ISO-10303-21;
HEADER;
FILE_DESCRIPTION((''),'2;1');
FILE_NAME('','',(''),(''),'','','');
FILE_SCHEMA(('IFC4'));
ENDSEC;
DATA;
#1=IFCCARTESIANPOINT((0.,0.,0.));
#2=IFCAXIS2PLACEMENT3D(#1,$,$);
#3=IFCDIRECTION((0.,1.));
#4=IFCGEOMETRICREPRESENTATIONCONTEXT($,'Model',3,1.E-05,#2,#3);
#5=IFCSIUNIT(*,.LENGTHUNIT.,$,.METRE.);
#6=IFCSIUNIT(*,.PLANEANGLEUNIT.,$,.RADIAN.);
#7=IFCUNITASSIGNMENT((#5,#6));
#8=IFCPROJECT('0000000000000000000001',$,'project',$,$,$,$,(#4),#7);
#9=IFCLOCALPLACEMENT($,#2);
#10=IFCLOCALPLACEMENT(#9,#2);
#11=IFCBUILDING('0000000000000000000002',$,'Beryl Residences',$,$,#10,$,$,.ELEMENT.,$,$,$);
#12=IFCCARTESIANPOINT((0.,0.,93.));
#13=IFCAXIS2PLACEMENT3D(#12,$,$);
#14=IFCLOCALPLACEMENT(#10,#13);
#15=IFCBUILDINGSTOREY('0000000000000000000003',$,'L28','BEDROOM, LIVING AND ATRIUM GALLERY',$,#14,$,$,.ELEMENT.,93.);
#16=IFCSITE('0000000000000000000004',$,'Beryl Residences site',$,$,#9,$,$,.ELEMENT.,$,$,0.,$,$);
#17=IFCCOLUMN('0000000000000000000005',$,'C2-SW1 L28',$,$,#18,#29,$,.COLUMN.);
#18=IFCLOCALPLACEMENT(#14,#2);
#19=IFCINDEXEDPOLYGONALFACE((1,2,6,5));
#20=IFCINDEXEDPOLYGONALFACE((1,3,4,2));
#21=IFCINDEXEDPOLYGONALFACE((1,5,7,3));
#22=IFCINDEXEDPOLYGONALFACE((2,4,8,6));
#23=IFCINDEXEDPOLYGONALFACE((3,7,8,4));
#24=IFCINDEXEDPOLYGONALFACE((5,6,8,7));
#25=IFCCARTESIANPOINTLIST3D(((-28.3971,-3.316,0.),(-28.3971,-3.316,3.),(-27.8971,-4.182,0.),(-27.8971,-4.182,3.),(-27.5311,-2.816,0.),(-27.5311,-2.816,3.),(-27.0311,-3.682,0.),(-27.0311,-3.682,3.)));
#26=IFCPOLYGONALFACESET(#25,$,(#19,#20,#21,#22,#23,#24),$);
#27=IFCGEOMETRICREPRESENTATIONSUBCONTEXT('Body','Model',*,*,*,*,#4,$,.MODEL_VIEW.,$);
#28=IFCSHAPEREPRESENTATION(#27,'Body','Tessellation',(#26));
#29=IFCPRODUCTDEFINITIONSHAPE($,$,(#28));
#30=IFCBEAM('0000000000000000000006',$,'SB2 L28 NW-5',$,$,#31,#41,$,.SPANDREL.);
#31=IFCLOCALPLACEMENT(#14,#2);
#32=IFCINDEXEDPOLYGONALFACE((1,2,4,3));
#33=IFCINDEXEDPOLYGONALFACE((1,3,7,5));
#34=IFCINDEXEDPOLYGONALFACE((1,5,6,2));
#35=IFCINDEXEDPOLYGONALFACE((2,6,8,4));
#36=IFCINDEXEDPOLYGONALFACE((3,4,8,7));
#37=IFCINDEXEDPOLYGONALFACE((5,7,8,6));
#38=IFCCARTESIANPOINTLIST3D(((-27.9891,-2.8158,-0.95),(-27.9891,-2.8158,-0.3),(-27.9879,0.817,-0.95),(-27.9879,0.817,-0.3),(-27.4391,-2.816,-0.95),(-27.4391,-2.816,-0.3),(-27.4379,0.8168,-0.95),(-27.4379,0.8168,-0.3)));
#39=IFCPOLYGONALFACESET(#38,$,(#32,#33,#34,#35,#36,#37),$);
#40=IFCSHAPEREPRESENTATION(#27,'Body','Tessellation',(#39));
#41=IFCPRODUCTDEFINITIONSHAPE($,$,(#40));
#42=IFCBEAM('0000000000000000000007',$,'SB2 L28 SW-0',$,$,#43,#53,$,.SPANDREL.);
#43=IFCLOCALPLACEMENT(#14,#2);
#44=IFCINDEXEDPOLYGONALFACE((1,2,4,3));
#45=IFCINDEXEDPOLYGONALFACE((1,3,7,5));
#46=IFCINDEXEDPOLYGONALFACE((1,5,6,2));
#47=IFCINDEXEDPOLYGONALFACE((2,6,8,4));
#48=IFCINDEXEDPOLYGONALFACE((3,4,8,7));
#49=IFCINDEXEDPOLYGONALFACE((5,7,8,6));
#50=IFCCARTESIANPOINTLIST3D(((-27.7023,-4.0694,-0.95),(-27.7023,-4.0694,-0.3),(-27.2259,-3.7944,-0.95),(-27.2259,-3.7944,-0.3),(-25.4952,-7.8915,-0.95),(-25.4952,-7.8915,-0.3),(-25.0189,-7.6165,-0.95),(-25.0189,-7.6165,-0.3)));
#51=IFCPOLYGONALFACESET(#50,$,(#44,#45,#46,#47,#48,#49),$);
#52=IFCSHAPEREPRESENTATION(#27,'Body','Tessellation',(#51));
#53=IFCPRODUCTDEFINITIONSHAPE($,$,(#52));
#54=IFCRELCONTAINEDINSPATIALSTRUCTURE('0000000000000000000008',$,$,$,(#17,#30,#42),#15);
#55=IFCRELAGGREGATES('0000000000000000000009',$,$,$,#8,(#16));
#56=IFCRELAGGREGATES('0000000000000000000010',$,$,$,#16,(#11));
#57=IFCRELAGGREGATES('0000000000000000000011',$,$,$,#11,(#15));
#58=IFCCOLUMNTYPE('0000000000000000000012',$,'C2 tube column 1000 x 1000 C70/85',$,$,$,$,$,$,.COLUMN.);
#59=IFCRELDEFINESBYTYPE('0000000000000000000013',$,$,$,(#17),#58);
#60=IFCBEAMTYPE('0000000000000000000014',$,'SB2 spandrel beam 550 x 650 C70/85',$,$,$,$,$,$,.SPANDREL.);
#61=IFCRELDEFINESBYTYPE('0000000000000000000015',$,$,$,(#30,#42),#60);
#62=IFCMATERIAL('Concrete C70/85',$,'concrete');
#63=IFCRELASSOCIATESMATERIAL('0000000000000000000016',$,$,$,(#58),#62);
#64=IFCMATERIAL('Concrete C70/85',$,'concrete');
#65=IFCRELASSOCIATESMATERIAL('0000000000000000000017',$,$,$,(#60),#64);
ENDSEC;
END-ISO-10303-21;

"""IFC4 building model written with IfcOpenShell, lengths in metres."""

from ifc_helpers import new_model, si_unit, direction, frame, origin, origin_2d, place, context, subcontext, project, spatial, rectangle, extrude, material, material_profile, profile_set, type_object, element, save


model = new_model("IFC4")

# Units and contexts
model_context = context("Model", 3, precision=1e-05, world=origin(), true_north=direction((0.0, 1.0)))
body_context = subcontext(model_context, "Body", "Model", "MODEL_VIEW")
ifc_project = project(units=[si_unit("LENGTHUNIT", "METRE"), si_unit("PLANEANGLEUNIT", "RADIAN")], contexts=[model_context])

# Site, building, storey
site_placement = place(None, origin())
site = spatial("IfcSite", under=ifc_project, at=site_placement, Name="Beryl Residences site", CompositionType="ELEMENT", RefElevation=0.0)
building_placement = place(site_placement, origin())
building = spatial("IfcBuilding", under=site, at=building_placement, Name="Beryl Residences", CompositionType="ELEMENT")
storey_placement = place(building_placement, frame((0.0, 0.0, 93.0)))
storey = spatial("IfcBuildingStorey", under=building, at=storey_placement, Name="L28", Description="BEDROOM, LIVING AND ATRIUM GALLERY", CompositionType="ELEMENT", Elevation=93.0)

# Column
ifc_material_1 = material(Name="Concrete C70/85", Category="concrete")
ifc_material_profile_1 = material_profile(ifc_material_1, rectangle(XDim=1.0, YDim=1.0, at=origin_2d()))
ifc_profile_set_1 = profile_set([ifc_material_profile_1], Name="Concrete C70/85")
column_type = type_object("IfcColumnType", Name="C2 tube column 1000 x 1000 C70/85", PredefinedType="COLUMN", material=ifc_profile_set_1)
column_placement = place(storey_placement, frame((-27.7141, -3.499, 0.0), z_axis=(0.0, 0.0, 1.0), x_axis=(0.5, -0.866025, 0.0)))
element("IfcColumn", 1, at=column_placement, inside=storey, type_object=column_type, Name="C2-SW1 L28", PredefinedType="COLUMN", context=body_context, shape_type="SweptSolid", body=[
    extrude(rectangle(XDim=1.0, YDim=1.0, at=origin_2d()), origin(), (0.0, 0.0, 1.0), 3.0),
])

# Beams
ifc_material_2 = material(Name="Concrete C70/85", Category="concrete")
ifc_material_profile_2 = material_profile(ifc_material_2, rectangle(XDim=0.55, YDim=0.6499, at=origin_2d()))
ifc_profile_set_2 = profile_set([ifc_material_profile_2], Name="Concrete C70/85")
beam_type = type_object("IfcBeamType", Name="SB2 spandrel beam 550 x 650 C70/85", PredefinedType="SPANDREL", material=ifc_profile_set_2)
beam_1_placement = place(storey_placement, frame((-27.7129, 0.8169, -0.625), z_axis=(-0.000336, -1.0, 0.0), x_axis=(1.0, -0.000336, 0.0)))
element("IfcBeam", 2, at=beam_1_placement, inside=storey, type_object=beam_type, Name="SB2 L28 NW-5", PredefinedType="SPANDREL", context=body_context, shape_type="SweptSolid", body=[
    extrude(rectangle(XDim=0.55, YDim=0.6499, at=origin_2d()), origin(), (0.0, 0.0, 1.0), 3.6328),
])
beam_2_placement = place(storey_placement, frame((-27.4641, -3.9319, -0.625), z_axis=(0.500066, -0.865988, 0.0), x_axis=(0.865988, 0.500066, 0.0)))
element("IfcBeam", 3, at=beam_2_placement, inside=storey, type_object=beam_type, Name="SB2 L28 SW-0", PredefinedType="SPANDREL", context=body_context, shape_type="SweptSolid", body=[
    extrude(rectangle(XDim=0.55, YDim=0.6499, at=origin_2d()), origin(), (0.0, 0.0, 1.0), 4.4136),
])

save(model, "model.ifc")
